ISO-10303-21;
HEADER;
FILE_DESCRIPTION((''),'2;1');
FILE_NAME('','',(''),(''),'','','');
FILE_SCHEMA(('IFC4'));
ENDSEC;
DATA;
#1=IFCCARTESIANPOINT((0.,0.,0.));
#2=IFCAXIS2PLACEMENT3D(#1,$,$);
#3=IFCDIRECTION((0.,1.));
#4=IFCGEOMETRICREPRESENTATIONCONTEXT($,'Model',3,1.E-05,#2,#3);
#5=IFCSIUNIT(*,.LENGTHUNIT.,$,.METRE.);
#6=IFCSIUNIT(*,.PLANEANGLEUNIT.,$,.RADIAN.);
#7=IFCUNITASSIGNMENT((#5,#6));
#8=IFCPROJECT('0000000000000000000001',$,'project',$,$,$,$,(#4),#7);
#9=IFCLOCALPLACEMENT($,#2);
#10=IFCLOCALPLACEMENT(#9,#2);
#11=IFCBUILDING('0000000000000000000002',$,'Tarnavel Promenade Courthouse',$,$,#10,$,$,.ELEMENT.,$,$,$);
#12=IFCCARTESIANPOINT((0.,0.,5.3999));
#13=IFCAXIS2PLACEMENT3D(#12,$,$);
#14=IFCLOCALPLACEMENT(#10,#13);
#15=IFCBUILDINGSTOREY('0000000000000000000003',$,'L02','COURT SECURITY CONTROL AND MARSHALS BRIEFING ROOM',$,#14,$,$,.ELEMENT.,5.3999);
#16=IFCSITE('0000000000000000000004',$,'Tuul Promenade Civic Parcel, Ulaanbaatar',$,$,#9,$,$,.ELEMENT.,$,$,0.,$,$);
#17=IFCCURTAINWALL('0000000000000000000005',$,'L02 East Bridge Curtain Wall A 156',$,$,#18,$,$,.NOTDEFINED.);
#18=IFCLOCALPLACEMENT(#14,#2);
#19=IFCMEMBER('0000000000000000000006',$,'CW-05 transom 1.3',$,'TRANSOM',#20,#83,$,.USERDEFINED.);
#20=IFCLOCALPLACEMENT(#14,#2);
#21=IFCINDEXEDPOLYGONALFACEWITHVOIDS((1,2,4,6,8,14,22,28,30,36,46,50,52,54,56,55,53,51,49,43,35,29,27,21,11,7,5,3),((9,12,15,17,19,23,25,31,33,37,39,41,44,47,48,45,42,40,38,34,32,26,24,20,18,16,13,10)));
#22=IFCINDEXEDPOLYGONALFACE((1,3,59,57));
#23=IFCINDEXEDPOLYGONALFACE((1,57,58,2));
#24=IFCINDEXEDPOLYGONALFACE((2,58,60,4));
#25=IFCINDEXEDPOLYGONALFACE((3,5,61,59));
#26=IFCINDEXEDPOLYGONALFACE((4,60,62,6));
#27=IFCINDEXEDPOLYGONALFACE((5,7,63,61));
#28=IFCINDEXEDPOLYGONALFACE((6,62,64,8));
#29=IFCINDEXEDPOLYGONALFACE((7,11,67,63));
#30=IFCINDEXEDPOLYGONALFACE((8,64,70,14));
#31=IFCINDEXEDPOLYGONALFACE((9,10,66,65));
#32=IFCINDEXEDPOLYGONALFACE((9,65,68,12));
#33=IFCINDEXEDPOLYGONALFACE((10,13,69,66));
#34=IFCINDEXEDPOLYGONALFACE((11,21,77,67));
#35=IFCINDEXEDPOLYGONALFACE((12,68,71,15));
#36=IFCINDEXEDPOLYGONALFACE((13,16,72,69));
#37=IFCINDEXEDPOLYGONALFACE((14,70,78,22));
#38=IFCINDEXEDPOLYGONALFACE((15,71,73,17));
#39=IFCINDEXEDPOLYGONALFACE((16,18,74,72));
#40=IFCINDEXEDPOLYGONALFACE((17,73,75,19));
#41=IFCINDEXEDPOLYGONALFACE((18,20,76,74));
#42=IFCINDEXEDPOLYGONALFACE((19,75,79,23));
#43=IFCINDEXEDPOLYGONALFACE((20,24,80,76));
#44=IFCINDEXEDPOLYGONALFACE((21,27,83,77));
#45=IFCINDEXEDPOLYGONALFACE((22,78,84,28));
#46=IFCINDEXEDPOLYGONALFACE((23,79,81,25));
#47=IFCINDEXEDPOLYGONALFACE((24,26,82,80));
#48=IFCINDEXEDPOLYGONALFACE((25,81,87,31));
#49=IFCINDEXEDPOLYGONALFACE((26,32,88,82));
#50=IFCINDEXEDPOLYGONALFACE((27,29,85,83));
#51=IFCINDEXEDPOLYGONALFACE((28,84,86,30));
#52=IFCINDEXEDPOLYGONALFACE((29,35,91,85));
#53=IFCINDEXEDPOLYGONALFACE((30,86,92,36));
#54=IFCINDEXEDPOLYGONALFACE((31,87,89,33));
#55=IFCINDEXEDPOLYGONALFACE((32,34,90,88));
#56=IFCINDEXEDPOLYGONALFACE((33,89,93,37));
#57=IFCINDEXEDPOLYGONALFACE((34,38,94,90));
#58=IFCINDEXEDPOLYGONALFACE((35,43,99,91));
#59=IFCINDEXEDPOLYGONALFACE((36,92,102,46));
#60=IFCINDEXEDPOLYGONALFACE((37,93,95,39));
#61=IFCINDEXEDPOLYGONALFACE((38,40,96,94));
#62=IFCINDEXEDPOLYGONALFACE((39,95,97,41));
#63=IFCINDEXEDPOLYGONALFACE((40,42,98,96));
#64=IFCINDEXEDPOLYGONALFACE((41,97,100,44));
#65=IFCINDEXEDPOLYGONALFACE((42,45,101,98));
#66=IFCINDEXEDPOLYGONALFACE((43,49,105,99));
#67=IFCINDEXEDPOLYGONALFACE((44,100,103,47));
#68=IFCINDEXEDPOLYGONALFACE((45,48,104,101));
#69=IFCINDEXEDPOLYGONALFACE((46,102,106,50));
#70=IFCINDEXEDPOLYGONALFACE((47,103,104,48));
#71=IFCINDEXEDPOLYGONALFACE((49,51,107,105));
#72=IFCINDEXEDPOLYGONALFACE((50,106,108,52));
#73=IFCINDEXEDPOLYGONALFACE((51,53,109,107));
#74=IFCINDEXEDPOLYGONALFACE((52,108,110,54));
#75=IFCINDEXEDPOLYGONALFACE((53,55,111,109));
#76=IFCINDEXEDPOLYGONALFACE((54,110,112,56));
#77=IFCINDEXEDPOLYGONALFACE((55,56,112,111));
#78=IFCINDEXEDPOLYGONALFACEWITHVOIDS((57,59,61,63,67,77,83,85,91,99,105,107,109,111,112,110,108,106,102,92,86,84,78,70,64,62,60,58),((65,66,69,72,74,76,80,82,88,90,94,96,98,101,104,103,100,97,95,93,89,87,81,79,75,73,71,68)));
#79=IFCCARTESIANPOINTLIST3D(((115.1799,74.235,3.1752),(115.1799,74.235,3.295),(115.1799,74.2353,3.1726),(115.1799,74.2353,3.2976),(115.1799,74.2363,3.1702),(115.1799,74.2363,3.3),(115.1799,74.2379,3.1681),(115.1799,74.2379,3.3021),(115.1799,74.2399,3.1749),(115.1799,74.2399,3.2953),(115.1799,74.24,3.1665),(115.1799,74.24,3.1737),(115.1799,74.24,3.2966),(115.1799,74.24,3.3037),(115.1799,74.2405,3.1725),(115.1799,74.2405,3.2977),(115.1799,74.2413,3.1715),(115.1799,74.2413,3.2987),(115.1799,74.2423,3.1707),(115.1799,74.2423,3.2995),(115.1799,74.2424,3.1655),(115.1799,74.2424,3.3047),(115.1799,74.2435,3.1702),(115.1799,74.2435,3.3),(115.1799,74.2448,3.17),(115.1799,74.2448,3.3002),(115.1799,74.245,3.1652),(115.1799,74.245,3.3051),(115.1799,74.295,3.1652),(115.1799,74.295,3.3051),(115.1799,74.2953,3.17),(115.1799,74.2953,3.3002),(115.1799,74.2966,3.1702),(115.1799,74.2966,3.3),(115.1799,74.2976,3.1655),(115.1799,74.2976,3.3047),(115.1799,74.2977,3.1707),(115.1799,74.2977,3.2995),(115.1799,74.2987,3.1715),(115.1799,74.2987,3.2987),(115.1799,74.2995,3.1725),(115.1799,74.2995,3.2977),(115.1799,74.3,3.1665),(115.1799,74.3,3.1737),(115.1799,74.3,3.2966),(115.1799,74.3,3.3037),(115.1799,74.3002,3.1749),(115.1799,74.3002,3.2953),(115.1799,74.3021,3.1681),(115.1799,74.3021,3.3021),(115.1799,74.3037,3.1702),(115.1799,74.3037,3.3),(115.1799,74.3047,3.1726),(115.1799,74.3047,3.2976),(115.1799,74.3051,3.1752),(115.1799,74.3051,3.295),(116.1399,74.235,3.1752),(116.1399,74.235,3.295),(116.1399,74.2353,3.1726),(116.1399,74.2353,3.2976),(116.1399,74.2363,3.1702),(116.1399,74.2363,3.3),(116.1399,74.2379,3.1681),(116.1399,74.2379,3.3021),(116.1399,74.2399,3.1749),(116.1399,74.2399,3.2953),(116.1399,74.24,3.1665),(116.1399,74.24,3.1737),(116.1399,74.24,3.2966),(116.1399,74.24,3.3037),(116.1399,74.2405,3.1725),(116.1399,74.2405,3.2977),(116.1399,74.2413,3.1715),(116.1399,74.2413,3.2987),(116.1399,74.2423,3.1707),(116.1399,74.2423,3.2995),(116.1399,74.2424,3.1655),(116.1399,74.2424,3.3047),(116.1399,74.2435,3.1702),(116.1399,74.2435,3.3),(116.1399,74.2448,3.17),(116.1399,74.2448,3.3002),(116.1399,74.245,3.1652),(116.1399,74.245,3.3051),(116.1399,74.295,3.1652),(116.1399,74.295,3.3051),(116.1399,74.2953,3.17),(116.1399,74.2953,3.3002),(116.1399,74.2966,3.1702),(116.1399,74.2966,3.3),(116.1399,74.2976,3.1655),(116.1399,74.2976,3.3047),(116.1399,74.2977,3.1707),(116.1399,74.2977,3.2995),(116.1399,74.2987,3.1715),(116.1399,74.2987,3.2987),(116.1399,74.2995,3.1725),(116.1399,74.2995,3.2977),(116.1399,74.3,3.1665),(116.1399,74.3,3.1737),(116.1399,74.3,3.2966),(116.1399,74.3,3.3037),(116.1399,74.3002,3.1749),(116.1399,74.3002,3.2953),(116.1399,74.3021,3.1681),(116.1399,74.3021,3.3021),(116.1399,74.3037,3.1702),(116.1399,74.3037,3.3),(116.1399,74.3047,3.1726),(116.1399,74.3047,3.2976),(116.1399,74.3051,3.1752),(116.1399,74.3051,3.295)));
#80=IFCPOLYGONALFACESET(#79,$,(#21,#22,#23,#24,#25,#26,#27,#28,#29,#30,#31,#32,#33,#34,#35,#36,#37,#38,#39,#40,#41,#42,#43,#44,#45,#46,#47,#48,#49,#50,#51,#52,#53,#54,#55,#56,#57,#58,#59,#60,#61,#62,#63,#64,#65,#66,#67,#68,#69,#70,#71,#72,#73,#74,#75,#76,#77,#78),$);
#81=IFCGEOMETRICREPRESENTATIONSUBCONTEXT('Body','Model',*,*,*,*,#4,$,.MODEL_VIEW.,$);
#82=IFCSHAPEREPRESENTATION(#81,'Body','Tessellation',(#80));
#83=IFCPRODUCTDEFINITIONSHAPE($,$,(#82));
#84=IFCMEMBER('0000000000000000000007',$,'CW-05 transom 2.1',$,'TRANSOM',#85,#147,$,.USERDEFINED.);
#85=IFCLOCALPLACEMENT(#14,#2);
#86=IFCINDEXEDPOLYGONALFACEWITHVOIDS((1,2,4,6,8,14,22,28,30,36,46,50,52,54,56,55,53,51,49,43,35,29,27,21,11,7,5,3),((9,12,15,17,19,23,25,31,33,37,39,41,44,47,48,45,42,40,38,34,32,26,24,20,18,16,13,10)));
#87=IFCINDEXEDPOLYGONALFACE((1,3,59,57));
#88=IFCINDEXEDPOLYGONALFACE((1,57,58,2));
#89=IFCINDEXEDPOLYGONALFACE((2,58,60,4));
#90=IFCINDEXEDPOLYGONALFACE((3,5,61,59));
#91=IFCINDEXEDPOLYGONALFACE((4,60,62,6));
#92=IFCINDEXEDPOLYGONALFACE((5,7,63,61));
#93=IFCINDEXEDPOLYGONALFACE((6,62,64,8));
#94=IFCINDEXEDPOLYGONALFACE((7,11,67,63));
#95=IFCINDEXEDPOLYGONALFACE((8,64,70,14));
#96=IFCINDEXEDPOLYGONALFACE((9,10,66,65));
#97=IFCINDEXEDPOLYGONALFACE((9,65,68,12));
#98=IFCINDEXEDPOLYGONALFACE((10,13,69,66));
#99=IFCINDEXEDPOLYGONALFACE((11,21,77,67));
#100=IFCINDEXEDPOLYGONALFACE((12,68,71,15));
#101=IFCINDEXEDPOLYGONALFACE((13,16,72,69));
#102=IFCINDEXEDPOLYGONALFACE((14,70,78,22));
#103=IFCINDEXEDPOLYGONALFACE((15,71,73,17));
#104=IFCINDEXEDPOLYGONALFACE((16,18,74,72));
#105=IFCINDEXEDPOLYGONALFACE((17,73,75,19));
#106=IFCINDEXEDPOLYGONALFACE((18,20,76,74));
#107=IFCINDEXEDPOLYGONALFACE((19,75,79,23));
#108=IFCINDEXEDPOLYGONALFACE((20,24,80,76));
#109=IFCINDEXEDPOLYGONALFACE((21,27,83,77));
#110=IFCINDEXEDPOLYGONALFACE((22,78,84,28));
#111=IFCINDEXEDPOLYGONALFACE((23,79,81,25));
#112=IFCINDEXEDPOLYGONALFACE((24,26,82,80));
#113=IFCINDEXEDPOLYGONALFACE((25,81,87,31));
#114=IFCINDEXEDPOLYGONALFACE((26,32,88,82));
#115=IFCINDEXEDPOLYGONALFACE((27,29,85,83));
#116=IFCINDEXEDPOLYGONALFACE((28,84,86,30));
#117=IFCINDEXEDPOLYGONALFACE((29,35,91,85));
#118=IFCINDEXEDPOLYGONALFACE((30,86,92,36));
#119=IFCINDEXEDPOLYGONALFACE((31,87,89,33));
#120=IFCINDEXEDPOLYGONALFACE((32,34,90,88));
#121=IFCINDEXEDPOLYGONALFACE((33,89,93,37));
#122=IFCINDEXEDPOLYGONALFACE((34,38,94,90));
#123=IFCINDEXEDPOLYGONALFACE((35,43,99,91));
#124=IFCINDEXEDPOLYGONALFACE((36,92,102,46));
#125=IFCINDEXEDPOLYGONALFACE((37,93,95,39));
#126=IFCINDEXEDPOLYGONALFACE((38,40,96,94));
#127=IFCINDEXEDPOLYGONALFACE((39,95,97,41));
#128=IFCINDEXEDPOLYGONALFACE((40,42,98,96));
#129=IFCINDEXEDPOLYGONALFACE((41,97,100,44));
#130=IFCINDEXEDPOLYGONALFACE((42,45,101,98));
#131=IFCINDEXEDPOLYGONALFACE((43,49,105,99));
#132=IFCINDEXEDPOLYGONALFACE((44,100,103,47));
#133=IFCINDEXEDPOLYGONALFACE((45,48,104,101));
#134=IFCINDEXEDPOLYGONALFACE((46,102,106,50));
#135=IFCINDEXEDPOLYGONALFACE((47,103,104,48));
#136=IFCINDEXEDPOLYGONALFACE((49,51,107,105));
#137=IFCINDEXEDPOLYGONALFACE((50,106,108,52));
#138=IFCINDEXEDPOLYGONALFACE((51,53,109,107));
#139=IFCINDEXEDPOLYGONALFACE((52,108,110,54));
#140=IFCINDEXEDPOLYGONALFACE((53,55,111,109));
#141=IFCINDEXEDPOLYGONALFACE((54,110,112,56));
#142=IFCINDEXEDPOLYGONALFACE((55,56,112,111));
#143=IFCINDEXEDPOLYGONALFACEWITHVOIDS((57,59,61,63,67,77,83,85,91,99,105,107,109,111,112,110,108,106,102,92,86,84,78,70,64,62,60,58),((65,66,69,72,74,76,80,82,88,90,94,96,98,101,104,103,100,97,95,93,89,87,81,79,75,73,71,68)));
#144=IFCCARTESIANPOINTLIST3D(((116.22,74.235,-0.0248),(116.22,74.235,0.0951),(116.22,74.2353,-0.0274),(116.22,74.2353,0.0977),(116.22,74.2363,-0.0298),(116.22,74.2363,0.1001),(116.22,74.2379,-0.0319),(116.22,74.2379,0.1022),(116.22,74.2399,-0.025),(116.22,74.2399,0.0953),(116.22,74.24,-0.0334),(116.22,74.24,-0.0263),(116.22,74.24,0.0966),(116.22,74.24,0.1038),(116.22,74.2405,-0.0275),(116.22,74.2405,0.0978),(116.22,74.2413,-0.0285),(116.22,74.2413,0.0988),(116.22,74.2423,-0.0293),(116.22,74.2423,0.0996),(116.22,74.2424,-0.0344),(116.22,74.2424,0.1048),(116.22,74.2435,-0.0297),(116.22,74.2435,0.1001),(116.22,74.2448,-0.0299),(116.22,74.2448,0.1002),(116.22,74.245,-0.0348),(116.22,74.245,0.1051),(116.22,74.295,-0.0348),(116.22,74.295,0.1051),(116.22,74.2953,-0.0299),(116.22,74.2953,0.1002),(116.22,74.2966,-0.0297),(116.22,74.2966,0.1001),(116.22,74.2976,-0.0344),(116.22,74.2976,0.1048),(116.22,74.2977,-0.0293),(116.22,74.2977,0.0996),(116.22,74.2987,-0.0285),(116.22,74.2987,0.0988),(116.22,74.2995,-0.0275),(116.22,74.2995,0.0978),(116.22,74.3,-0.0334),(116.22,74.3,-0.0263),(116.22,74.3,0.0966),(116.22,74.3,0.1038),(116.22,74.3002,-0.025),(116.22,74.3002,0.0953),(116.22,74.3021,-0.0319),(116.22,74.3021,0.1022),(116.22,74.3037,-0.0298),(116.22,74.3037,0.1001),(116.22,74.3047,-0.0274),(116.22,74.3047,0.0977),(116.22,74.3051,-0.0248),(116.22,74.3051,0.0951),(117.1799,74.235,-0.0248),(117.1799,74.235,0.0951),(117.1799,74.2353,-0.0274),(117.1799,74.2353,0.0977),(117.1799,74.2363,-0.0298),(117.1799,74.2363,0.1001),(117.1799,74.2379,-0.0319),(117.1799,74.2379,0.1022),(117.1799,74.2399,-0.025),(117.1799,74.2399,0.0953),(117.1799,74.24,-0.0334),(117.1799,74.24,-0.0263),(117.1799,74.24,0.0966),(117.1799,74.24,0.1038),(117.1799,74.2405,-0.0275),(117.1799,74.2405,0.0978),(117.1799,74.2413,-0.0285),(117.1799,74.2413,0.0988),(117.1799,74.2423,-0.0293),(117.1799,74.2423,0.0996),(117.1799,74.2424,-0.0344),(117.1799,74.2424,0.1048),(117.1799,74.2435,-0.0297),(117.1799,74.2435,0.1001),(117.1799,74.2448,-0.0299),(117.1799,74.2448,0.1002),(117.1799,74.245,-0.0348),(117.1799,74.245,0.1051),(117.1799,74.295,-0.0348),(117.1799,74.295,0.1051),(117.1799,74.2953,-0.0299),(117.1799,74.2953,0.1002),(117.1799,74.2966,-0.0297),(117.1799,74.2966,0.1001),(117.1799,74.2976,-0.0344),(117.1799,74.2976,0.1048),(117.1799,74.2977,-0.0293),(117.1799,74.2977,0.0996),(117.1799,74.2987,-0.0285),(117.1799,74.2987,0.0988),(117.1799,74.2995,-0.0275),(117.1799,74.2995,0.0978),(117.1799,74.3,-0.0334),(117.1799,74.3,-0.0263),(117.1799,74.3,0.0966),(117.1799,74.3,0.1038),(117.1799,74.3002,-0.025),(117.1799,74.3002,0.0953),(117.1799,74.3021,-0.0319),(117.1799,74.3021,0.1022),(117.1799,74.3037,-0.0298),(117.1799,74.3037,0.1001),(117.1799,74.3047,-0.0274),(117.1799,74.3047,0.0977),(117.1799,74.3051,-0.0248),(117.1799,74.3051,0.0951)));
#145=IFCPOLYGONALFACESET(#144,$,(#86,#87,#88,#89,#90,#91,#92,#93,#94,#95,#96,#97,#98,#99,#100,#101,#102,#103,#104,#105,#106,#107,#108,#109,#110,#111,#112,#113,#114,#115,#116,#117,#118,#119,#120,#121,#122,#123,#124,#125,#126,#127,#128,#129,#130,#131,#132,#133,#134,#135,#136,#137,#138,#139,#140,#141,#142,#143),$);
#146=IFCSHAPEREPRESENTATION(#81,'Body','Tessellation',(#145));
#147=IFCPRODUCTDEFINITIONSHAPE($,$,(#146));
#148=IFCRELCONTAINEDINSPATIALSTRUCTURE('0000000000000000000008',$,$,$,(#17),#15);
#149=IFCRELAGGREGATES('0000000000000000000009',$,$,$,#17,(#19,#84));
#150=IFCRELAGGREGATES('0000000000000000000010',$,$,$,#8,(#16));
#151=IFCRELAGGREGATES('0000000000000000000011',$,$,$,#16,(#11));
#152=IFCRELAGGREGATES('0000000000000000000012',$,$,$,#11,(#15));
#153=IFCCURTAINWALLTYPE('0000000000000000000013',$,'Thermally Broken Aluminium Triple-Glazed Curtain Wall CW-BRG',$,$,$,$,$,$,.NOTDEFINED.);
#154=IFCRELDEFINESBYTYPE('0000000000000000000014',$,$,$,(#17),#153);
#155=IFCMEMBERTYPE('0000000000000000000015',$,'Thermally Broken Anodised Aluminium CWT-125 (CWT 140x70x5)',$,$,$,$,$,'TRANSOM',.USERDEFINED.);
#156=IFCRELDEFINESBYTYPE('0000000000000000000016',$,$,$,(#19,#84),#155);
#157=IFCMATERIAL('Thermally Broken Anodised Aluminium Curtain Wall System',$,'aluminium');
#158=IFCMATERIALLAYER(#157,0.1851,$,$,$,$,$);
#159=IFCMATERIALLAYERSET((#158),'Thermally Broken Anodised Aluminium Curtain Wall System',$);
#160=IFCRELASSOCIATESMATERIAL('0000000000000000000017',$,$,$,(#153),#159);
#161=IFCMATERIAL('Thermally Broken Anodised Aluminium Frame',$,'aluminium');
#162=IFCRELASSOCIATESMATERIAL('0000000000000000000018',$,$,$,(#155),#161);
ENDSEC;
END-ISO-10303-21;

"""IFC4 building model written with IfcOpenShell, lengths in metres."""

from ifc_helpers import new_model, si_unit, direction, frame, origin, origin_2d, place, context, subcontext, project, spatial, hollow_rectangle, extrude, material, layer, layer_set, material_profile, profile_set, type_object, element, aggregate, save


model = new_model("IFC4")

# Units and contexts
model_context = context("Model", 3, precision=1e-05, world=origin(), true_north=direction((0.0, 1.0)))
body_context = subcontext(model_context, "Body", "Model", "MODEL_VIEW")
ifc_project = project(units=[si_unit("LENGTHUNIT", "METRE"), si_unit("PLANEANGLEUNIT", "RADIAN")], contexts=[model_context])

# Site, building, storey
site_placement = place(None, origin())
site = spatial("IfcSite", under=ifc_project, at=site_placement, Name="Tuul Promenade Civic Parcel, Ulaanbaatar", CompositionType="ELEMENT", RefElevation=0.0)
building_placement = place(site_placement, origin())
building = spatial("IfcBuilding", under=site, at=building_placement, Name="Tarnavel Promenade Courthouse", CompositionType="ELEMENT")
storey_placement = place(building_placement, frame((0.0, 0.0, 5.3999)))
storey = spatial("IfcBuildingStorey", under=building, at=storey_placement, Name="L02", Description="COURT SECURITY CONTROL AND MARSHALS BRIEFING ROOM", CompositionType="ELEMENT", Elevation=5.3999)

# Shared definitions
ifc_material_1 = material(Name="Thermally Broken Anodised Aluminium Curtain Wall System", Category="aluminium")
ifc_layer_1 = layer(ifc_material_1, 0.1851)
ifc_layer_set_1 = layer_set([ifc_layer_1], Name="Thermally Broken Anodised Aluminium Curtain Wall System")
curtain_wall_type = type_object("IfcCurtainWallType", Name="Thermally Broken Aluminium Triple-Glazed Curtain Wall CW-BRG", PredefinedType="NOTDEFINED", material=ifc_layer_set_1)
ifc_material_2 = material(Name="Thermally Broken Anodised Aluminium Frame", Category="aluminium")

# Curtain wall
curtain_wall_1_placement = place(storey_placement, origin())
curtain_wall_1 = element("IfcCurtainWall", 1, at=curtain_wall_1_placement, inside=storey, type_object=curtain_wall_type, Name="L02 East Bridge Curtain Wall A 156", PredefinedType="NOTDEFINED")

# Members
ifc_material_profile_1 = material_profile(ifc_material_2, hollow_rectangle(XDim=0.0701, YDim=0.1399, WallThickness=0.0049, InnerFilletRadius=0.0049, OuterFilletRadius=0.01, at=origin_2d()), Name="CWT 140x70x5")
ifc_profile_set_1 = profile_set([ifc_material_profile_1], Name="Thermally Broken Anodised Aluminium Frame")
member_type_1 = type_object("IfcMemberType", Name="Thermally Broken Anodised Aluminium CWT-125 (CWT 140x70x5)", ElementType="TRANSOM", PredefinedType="USERDEFINED", material=ifc_profile_set_1)
member_1_placement = place(storey_placement, frame((115.1799, 74.27, 3.2351), z_axis=(1.0, 0.0, 0.0), x_axis=(0.0, 1.0, 0.0)))
member_1 = element("IfcMember", 2, at=member_1_placement, type_object=member_type_1, Name="CW-05 transom 1.3", ObjectType="TRANSOM", PredefinedType="USERDEFINED", context=body_context, shape_type="SweptSolid", body=[
    extrude(hollow_rectangle(XDim=0.0701, YDim=0.1399, WallThickness=0.0049, InnerFilletRadius=0.0049, OuterFilletRadius=0.01, at=origin_2d()), origin(), (0.0, 0.0, 1.0), 0.96),
])
member_2_placement = place(storey_placement, frame((116.22, 74.27, 0.0352), z_axis=(1.0, 0.0, 0.0), x_axis=(0.0, 1.0, 0.0)))
member_2 = element("IfcMember", 3, at=member_2_placement, type_object=member_type_1, Name="CW-05 transom 2.1", ObjectType="TRANSOM", PredefinedType="USERDEFINED", context=body_context, shape_type="SweptSolid", body=[
    extrude(hollow_rectangle(XDim=0.0701, YDim=0.1399, WallThickness=0.0049, InnerFilletRadius=0.0049, OuterFilletRadius=0.01, at=origin_2d()), origin(), (0.0, 0.0, 1.0), 0.96),
])

aggregate(curtain_wall_1, [member_1, member_2])

save(model, "model.ifc")
